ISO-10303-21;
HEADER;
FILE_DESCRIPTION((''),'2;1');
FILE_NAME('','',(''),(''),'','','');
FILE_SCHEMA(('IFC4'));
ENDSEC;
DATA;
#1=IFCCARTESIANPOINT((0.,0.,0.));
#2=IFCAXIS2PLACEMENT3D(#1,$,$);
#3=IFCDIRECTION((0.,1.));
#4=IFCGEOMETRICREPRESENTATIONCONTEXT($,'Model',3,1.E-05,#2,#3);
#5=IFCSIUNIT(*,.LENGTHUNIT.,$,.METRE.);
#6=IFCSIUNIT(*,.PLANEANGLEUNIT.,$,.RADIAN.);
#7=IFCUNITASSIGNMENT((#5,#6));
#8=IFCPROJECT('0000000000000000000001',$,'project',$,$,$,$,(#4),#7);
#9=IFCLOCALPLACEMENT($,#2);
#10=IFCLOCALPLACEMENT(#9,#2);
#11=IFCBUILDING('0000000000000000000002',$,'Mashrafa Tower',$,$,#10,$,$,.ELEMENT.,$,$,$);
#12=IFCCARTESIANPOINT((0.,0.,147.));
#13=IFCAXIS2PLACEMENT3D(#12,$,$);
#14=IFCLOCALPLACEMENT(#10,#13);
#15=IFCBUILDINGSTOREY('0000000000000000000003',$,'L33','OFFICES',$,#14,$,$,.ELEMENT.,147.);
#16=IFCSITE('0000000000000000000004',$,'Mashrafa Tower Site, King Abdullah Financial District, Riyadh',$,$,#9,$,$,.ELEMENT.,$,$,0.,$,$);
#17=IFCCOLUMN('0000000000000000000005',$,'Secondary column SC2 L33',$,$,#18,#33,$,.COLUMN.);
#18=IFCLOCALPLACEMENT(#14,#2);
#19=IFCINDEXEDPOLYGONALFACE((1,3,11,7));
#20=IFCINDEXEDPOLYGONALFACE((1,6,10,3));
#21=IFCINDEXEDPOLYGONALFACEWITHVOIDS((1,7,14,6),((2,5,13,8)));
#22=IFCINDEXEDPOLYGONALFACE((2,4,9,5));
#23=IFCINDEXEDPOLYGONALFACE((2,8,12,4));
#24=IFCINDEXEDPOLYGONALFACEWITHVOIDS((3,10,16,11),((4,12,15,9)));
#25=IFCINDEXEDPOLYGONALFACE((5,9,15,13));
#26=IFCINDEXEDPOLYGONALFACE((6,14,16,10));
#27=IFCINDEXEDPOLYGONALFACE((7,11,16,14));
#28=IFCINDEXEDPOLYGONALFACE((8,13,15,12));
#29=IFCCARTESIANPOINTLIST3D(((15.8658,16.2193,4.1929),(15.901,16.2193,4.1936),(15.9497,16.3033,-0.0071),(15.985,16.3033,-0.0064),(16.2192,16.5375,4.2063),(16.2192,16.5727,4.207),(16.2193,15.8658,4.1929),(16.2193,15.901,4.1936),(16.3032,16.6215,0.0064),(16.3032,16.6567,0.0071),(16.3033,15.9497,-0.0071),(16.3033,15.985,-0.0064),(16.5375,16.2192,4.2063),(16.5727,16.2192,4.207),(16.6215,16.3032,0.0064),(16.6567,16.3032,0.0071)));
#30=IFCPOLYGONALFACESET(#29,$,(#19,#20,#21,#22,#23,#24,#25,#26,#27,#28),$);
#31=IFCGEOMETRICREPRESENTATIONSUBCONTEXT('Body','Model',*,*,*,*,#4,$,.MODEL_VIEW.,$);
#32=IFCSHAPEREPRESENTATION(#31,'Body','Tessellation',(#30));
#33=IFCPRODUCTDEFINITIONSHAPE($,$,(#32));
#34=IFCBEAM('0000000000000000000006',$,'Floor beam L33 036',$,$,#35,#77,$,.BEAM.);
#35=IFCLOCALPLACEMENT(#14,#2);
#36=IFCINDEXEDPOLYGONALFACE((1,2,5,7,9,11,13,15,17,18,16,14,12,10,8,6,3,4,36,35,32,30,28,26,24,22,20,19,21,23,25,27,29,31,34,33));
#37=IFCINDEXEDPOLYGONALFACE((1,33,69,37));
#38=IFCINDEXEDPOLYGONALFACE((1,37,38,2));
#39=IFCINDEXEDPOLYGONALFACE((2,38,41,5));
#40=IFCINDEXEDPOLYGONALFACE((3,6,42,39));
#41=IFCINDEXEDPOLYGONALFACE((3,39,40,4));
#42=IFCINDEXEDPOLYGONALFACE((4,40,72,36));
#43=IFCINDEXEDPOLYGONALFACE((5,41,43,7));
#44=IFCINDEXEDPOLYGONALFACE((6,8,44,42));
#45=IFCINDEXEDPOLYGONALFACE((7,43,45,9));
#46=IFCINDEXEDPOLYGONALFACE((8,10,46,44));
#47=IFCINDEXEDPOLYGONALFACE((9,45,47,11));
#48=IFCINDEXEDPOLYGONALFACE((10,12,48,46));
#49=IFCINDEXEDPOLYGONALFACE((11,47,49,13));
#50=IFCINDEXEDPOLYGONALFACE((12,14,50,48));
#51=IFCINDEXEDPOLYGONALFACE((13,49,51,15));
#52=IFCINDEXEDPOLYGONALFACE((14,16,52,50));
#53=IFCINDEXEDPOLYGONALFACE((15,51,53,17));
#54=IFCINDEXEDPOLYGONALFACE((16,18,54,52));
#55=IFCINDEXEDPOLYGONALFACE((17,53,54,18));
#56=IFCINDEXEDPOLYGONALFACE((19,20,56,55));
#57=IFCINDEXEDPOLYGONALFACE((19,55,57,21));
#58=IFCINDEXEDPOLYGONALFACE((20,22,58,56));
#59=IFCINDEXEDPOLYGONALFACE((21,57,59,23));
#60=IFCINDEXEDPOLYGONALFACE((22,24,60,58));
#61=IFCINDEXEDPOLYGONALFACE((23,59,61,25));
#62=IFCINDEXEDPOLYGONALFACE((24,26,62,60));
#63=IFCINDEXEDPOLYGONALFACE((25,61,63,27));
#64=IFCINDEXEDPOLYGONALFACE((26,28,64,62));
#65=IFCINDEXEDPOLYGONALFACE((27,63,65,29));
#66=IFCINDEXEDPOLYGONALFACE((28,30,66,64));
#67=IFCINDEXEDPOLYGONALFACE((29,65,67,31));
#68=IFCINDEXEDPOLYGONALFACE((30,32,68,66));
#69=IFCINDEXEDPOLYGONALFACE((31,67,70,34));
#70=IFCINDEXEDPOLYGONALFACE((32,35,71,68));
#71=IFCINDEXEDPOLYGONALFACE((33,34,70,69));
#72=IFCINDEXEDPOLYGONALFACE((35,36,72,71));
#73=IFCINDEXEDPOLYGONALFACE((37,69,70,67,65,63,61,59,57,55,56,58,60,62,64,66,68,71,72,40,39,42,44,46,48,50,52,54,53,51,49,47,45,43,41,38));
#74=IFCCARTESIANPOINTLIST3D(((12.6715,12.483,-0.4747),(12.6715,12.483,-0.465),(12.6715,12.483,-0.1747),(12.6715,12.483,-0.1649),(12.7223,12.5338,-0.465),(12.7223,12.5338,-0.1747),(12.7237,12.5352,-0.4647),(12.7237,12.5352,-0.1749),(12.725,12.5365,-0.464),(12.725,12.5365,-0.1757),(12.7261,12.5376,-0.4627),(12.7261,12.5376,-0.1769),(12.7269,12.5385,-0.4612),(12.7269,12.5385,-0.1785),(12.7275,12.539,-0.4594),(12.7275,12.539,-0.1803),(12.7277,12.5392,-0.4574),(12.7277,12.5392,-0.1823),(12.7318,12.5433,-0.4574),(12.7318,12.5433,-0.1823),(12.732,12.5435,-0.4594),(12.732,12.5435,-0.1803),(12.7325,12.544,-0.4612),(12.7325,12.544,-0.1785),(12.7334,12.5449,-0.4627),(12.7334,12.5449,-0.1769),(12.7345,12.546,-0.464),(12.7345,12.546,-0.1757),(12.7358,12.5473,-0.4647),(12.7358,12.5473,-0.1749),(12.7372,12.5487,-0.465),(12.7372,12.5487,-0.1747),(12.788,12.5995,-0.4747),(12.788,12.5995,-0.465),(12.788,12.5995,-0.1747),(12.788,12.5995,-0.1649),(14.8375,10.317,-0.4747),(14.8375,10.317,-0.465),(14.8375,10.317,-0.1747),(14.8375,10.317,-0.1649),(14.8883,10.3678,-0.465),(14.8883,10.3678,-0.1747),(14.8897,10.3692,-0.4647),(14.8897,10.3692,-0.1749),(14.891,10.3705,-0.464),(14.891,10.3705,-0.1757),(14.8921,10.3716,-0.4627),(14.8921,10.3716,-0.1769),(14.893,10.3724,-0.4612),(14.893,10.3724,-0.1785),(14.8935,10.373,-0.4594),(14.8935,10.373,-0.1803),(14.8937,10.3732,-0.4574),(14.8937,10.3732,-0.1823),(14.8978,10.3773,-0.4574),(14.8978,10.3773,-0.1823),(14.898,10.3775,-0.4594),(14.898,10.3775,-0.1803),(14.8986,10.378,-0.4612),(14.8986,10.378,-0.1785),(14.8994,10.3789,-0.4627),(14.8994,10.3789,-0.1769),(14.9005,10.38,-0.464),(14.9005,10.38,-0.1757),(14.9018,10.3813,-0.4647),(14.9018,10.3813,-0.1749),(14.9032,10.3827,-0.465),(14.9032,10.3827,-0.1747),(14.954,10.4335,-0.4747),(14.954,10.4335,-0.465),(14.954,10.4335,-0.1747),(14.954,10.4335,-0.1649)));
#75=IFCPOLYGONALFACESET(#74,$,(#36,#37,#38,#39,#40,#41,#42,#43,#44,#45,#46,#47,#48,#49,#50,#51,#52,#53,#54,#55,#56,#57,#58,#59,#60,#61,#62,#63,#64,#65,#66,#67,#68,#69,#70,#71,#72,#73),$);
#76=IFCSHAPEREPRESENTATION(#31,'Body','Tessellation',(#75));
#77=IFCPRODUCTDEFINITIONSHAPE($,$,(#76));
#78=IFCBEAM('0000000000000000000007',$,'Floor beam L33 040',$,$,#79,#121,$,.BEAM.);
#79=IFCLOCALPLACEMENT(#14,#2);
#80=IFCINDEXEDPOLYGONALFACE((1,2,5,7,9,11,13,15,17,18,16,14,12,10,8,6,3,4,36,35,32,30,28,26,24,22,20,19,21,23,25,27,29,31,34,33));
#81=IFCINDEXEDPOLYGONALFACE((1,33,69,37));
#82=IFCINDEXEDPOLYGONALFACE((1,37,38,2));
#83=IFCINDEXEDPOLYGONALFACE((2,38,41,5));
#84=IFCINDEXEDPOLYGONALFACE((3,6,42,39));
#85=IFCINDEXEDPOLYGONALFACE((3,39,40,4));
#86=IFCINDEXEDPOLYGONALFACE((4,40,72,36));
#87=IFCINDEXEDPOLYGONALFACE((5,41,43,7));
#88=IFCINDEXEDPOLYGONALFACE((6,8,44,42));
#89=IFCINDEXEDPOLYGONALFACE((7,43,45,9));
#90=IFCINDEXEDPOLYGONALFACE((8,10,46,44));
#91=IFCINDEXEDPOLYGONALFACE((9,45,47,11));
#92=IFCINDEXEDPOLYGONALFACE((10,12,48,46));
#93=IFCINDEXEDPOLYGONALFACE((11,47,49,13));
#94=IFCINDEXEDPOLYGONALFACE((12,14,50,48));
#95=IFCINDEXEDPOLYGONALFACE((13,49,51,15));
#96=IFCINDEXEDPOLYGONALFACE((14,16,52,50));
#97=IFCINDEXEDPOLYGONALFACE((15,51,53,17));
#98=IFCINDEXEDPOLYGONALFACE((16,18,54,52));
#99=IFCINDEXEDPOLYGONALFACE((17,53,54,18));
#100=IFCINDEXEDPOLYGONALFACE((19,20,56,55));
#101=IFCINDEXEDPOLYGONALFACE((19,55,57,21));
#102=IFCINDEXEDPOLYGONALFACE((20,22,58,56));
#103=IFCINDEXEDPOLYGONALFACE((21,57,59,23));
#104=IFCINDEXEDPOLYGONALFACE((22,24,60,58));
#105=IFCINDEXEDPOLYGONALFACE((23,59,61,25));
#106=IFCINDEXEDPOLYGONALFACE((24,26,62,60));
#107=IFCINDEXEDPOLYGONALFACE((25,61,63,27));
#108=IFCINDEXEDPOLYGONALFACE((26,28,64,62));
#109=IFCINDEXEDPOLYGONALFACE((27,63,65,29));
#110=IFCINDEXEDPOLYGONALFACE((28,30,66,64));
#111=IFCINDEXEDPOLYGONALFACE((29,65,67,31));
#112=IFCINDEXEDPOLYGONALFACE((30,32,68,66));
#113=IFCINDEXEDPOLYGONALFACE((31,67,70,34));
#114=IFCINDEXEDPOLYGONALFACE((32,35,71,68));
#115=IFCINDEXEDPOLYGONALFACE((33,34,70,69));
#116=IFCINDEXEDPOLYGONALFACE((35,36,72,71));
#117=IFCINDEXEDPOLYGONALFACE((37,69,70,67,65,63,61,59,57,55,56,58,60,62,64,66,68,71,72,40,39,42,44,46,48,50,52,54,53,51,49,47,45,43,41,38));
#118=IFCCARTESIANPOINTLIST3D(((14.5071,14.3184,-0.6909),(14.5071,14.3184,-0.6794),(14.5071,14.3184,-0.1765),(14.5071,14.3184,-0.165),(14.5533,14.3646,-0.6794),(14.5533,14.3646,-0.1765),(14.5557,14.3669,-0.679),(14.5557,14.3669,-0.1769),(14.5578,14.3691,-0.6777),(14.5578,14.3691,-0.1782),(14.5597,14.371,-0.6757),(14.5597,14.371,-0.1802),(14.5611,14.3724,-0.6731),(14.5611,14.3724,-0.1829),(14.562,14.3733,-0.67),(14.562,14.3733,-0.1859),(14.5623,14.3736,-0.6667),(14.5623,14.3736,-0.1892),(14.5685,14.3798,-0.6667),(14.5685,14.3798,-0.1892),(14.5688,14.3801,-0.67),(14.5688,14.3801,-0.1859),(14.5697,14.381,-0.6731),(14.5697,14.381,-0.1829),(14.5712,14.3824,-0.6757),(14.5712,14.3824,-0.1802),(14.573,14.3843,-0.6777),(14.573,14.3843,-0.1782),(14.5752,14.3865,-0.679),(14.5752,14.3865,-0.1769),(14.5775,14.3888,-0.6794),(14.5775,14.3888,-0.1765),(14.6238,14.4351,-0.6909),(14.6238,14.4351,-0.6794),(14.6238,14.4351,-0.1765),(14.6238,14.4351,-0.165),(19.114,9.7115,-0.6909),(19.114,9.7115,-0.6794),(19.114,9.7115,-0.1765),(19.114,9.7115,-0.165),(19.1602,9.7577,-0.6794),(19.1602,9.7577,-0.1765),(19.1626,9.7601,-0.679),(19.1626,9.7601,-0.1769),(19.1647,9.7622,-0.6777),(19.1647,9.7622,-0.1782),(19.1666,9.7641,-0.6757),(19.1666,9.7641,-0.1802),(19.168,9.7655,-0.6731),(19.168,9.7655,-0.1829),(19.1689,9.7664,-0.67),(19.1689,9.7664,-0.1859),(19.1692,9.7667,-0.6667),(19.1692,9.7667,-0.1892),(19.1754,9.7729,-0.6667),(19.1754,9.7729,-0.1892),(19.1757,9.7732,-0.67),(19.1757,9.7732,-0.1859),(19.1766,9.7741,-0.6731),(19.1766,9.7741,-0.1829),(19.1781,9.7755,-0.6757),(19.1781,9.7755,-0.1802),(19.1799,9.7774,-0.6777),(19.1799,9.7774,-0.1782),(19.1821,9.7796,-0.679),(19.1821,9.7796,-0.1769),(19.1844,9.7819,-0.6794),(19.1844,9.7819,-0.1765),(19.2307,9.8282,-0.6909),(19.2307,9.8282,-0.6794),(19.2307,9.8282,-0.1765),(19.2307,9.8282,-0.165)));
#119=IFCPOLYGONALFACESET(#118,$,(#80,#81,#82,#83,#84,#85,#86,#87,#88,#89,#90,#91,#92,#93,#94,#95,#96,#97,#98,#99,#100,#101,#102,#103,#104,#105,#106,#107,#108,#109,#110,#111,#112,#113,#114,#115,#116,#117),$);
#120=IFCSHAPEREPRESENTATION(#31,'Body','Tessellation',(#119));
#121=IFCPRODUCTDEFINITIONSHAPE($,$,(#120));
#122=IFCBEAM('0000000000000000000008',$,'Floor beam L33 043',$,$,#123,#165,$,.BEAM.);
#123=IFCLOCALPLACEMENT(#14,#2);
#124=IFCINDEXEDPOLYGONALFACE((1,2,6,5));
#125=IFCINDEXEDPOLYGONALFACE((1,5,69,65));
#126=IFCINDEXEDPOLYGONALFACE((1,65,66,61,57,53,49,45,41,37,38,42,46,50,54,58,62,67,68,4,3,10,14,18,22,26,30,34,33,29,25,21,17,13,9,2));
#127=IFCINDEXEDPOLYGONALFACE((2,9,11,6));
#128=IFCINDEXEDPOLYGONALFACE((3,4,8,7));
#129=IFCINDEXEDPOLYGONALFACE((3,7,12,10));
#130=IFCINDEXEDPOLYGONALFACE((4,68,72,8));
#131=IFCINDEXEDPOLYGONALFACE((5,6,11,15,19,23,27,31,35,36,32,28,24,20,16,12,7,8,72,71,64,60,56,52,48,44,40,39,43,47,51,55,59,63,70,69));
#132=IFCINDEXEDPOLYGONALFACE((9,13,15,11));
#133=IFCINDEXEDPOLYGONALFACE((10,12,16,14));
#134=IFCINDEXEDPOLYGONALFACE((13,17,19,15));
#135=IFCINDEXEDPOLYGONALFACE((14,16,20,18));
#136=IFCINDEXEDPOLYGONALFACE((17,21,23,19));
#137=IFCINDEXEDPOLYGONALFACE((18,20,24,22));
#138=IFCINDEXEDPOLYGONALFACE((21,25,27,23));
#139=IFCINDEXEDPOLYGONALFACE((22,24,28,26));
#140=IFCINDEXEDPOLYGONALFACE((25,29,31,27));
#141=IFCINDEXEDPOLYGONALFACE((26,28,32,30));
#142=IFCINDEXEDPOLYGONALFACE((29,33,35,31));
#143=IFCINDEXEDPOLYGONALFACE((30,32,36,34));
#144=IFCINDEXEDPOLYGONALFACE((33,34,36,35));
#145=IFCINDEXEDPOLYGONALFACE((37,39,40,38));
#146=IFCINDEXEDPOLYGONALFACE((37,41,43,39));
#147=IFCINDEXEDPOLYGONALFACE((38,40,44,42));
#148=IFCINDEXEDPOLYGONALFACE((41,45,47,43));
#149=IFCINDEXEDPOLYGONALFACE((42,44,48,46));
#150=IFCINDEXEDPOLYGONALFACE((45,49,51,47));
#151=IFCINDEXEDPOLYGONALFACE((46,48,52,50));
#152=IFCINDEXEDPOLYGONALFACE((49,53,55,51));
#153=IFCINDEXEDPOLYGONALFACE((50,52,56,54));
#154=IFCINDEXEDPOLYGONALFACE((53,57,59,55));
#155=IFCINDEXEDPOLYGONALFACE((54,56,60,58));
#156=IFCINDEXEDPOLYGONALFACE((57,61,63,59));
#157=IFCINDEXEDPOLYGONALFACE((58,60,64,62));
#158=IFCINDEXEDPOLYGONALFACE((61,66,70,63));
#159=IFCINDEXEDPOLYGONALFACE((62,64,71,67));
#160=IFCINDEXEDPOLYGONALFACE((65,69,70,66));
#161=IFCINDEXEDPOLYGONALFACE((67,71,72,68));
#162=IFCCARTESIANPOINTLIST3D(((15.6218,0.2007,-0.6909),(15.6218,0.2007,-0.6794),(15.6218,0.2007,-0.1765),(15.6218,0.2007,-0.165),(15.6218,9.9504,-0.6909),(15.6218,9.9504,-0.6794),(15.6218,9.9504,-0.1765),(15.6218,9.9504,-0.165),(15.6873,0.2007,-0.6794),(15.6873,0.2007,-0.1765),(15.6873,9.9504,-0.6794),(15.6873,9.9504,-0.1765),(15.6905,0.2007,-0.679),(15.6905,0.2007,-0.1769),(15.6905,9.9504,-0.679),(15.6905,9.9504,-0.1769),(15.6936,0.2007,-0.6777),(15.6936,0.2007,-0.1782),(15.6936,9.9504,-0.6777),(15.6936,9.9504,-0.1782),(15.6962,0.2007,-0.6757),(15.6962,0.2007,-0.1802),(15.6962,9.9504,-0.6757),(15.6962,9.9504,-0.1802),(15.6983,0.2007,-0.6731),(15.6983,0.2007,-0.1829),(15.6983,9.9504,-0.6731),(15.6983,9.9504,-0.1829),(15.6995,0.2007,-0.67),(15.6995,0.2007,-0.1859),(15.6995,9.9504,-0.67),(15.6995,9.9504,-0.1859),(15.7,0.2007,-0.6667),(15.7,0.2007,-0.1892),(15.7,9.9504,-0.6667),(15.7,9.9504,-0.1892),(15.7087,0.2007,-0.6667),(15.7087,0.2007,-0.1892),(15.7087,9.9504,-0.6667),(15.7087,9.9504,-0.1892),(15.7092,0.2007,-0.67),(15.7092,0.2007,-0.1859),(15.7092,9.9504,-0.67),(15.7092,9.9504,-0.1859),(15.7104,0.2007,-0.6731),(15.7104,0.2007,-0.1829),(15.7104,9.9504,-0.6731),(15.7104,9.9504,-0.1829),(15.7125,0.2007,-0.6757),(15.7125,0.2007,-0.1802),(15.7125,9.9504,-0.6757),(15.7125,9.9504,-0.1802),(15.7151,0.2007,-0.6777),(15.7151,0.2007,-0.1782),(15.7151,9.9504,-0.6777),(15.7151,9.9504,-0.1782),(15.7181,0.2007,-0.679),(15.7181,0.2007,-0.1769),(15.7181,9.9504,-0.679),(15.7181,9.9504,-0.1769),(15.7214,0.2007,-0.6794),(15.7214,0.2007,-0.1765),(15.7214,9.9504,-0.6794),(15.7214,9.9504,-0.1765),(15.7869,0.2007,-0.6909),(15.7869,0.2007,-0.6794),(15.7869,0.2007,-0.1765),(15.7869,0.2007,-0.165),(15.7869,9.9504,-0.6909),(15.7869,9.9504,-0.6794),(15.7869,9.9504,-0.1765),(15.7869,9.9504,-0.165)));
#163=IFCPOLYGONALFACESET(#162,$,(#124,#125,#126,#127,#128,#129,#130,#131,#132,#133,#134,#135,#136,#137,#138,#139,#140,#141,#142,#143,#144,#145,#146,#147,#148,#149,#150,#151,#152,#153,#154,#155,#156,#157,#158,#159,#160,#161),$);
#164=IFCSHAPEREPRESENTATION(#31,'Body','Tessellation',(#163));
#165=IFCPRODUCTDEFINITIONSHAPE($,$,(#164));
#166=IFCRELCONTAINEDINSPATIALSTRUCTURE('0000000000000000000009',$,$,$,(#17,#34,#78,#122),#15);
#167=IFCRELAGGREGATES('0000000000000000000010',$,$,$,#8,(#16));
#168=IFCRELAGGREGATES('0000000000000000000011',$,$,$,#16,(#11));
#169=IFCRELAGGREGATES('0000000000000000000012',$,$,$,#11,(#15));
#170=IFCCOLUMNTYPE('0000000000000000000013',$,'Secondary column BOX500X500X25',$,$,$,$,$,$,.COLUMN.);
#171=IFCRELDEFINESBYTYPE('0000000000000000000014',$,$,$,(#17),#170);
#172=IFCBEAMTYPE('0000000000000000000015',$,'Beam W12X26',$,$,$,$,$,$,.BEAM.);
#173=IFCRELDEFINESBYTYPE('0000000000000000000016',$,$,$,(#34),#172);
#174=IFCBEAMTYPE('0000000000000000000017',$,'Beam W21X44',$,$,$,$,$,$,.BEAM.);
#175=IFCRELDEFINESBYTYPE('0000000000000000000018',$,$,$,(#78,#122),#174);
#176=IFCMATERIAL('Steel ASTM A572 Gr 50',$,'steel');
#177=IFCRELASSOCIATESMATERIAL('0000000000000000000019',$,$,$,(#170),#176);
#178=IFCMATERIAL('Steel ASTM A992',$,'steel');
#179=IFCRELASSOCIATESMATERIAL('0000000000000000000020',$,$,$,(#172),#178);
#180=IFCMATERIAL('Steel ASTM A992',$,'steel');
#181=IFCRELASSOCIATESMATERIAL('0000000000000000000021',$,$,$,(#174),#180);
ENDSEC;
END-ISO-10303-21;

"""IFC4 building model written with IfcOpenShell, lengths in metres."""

from ifc_helpers import new_model, si_unit, direction, frame, origin, origin_2d, place, context, subcontext, project, spatial, hollow_rectangle, i_section, extrude, material, material_profile, profile_set, type_object, element, save


model = new_model("IFC4")

# Units and contexts
model_context = context("Model", 3, precision=1e-05, world=origin(), true_north=direction((0.0, 1.0)))
body_context = subcontext(model_context, "Body", "Model", "MODEL_VIEW")
ifc_project = project(units=[si_unit("LENGTHUNIT", "METRE"), si_unit("PLANEANGLEUNIT", "RADIAN")], contexts=[model_context])

# Site, building, storey
site_placement = place(None, origin())
site = spatial("IfcSite", under=ifc_project, at=site_placement, Name="Mashrafa Tower Site, King Abdullah Financial District, Riyadh", CompositionType="ELEMENT", RefElevation=0.0)
building_placement = place(site_placement, origin())
building = spatial("IfcBuilding", under=site, at=building_placement, Name="Mashrafa Tower", CompositionType="ELEMENT")
storey_placement = place(building_placement, frame((0.0, 0.0, 147.0)))
storey = spatial("IfcBuildingStorey", under=building, at=storey_placement, Name="L33", Description="OFFICES", CompositionType="ELEMENT", Elevation=147.0)

# Column
ifc_material_1 = material(Name="Steel ASTM A572 Gr 50", Category="steel")
ifc_material_profile_1 = material_profile(ifc_material_1, hollow_rectangle(XDim=0.5, YDim=0.5, WallThickness=0.0249, at=origin_2d()), Name="BOX500X500X25")
ifc_profile_set_1 = profile_set([ifc_material_profile_1], Name="Steel ASTM A572 Gr 50")
column_type = type_object("IfcColumnType", Name="Secondary column BOX500X500X25", PredefinedType="COLUMN", material=ifc_profile_set_1)
column_placement = place(storey_placement, frame((16.3032, 16.3032, 0.0), z_axis=(-0.019989, -0.019989, 0.9996), x_axis=(0.707107, -0.707107, 0.0)))
element("IfcColumn", 1, at=column_placement, inside=storey, type_object=column_type, Name="Secondary column SC2 L33", PredefinedType="COLUMN", context=body_context, shape_type="SweptSolid", body=[
    extrude(hollow_rectangle(XDim=0.5, YDim=0.5, WallThickness=0.0249, at=origin_2d()), origin(), (0.0, 0.0, 1.0), 4.2017),
])

# Beams
ifc_material_2 = material(Name="Steel ASTM A992", Category="steel")
ifc_material_profile_2 = material_profile(ifc_material_2, i_section(OverallWidth=0.1648, OverallDepth=0.3098, WebThickness=0.0059, FlangeThickness=0.0098, FilletRadius=0.0076, at=origin_2d()), Name="W12X26")
ifc_profile_set_2 = profile_set([ifc_material_profile_2], Name="Steel ASTM A992")
beam_type_1 = type_object("IfcBeamType", Name="Beam W12X26", PredefinedType="BEAM", material=ifc_profile_set_2)
beam_1_placement = place(storey_placement, frame((12.7297, 12.5413, -0.3198), z_axis=(0.707107, -0.707107, 0.0), x_axis=(0.707107, 0.707107, 0.0)))
element("IfcBeam", 2, at=beam_1_placement, inside=storey, type_object=beam_type_1, Name="Floor beam L33 036", PredefinedType="BEAM", context=body_context, shape_type="SweptSolid", body=[
    extrude(i_section(OverallWidth=0.1648, OverallDepth=0.3098, WebThickness=0.0059, FlangeThickness=0.0098, FilletRadius=0.0076, at=origin_2d()), origin(), (0.0, 0.0, 1.0), 3.0632),
])
ifc_material_3 = material(Name="Steel ASTM A992", Category="steel")
ifc_material_profile_3 = material_profile(ifc_material_3, i_section(OverallWidth=0.165, OverallDepth=0.5259, WebThickness=0.0088, FlangeThickness=0.0115, FilletRadius=0.0127, at=origin_2d()), Name="W21X44")
ifc_profile_set_3 = profile_set([ifc_material_profile_3], Name="Steel ASTM A992")
beam_type_2 = type_object("IfcBeamType", Name="Beam W21X44", PredefinedType="BEAM", material=ifc_profile_set_3)
beam_2_placement = place(storey_placement, frame((14.5654, 14.3767, -0.428), z_axis=(0.707107, -0.707107, 0.0), x_axis=(0.707107, 0.707107, 0.0)))
element("IfcBeam", 3, at=beam_2_placement, inside=storey, type_object=beam_type_2, Name="Floor beam L33 040", PredefinedType="BEAM", context=body_context, shape_type="SweptSolid", body=[
    extrude(i_section(OverallWidth=0.165, OverallDepth=0.5259, WebThickness=0.0088, FlangeThickness=0.0115, FilletRadius=0.0127, at=origin_2d()), origin(), (0.0, 0.0, 1.0), 6.5151),
])
beam_3_placement = place(storey_placement, frame((15.7043, 9.9504, -0.428), z_axis=(0.0, -1.0, 0.0), x_axis=(1.0, 0.0, 0.0)))
element("IfcBeam", 4, at=beam_3_placement, inside=storey, type_object=beam_type_2, Name="Floor beam L33 043", PredefinedType="BEAM", context=body_context, shape_type="SweptSolid", body=[
    extrude(i_section(OverallWidth=0.165, OverallDepth=0.5259, WebThickness=0.0088, FlangeThickness=0.0115, FilletRadius=0.0127, at=origin_2d()), origin(), (0.0, 0.0, 1.0), 9.7498),
])

save(model, "model.ifc")
